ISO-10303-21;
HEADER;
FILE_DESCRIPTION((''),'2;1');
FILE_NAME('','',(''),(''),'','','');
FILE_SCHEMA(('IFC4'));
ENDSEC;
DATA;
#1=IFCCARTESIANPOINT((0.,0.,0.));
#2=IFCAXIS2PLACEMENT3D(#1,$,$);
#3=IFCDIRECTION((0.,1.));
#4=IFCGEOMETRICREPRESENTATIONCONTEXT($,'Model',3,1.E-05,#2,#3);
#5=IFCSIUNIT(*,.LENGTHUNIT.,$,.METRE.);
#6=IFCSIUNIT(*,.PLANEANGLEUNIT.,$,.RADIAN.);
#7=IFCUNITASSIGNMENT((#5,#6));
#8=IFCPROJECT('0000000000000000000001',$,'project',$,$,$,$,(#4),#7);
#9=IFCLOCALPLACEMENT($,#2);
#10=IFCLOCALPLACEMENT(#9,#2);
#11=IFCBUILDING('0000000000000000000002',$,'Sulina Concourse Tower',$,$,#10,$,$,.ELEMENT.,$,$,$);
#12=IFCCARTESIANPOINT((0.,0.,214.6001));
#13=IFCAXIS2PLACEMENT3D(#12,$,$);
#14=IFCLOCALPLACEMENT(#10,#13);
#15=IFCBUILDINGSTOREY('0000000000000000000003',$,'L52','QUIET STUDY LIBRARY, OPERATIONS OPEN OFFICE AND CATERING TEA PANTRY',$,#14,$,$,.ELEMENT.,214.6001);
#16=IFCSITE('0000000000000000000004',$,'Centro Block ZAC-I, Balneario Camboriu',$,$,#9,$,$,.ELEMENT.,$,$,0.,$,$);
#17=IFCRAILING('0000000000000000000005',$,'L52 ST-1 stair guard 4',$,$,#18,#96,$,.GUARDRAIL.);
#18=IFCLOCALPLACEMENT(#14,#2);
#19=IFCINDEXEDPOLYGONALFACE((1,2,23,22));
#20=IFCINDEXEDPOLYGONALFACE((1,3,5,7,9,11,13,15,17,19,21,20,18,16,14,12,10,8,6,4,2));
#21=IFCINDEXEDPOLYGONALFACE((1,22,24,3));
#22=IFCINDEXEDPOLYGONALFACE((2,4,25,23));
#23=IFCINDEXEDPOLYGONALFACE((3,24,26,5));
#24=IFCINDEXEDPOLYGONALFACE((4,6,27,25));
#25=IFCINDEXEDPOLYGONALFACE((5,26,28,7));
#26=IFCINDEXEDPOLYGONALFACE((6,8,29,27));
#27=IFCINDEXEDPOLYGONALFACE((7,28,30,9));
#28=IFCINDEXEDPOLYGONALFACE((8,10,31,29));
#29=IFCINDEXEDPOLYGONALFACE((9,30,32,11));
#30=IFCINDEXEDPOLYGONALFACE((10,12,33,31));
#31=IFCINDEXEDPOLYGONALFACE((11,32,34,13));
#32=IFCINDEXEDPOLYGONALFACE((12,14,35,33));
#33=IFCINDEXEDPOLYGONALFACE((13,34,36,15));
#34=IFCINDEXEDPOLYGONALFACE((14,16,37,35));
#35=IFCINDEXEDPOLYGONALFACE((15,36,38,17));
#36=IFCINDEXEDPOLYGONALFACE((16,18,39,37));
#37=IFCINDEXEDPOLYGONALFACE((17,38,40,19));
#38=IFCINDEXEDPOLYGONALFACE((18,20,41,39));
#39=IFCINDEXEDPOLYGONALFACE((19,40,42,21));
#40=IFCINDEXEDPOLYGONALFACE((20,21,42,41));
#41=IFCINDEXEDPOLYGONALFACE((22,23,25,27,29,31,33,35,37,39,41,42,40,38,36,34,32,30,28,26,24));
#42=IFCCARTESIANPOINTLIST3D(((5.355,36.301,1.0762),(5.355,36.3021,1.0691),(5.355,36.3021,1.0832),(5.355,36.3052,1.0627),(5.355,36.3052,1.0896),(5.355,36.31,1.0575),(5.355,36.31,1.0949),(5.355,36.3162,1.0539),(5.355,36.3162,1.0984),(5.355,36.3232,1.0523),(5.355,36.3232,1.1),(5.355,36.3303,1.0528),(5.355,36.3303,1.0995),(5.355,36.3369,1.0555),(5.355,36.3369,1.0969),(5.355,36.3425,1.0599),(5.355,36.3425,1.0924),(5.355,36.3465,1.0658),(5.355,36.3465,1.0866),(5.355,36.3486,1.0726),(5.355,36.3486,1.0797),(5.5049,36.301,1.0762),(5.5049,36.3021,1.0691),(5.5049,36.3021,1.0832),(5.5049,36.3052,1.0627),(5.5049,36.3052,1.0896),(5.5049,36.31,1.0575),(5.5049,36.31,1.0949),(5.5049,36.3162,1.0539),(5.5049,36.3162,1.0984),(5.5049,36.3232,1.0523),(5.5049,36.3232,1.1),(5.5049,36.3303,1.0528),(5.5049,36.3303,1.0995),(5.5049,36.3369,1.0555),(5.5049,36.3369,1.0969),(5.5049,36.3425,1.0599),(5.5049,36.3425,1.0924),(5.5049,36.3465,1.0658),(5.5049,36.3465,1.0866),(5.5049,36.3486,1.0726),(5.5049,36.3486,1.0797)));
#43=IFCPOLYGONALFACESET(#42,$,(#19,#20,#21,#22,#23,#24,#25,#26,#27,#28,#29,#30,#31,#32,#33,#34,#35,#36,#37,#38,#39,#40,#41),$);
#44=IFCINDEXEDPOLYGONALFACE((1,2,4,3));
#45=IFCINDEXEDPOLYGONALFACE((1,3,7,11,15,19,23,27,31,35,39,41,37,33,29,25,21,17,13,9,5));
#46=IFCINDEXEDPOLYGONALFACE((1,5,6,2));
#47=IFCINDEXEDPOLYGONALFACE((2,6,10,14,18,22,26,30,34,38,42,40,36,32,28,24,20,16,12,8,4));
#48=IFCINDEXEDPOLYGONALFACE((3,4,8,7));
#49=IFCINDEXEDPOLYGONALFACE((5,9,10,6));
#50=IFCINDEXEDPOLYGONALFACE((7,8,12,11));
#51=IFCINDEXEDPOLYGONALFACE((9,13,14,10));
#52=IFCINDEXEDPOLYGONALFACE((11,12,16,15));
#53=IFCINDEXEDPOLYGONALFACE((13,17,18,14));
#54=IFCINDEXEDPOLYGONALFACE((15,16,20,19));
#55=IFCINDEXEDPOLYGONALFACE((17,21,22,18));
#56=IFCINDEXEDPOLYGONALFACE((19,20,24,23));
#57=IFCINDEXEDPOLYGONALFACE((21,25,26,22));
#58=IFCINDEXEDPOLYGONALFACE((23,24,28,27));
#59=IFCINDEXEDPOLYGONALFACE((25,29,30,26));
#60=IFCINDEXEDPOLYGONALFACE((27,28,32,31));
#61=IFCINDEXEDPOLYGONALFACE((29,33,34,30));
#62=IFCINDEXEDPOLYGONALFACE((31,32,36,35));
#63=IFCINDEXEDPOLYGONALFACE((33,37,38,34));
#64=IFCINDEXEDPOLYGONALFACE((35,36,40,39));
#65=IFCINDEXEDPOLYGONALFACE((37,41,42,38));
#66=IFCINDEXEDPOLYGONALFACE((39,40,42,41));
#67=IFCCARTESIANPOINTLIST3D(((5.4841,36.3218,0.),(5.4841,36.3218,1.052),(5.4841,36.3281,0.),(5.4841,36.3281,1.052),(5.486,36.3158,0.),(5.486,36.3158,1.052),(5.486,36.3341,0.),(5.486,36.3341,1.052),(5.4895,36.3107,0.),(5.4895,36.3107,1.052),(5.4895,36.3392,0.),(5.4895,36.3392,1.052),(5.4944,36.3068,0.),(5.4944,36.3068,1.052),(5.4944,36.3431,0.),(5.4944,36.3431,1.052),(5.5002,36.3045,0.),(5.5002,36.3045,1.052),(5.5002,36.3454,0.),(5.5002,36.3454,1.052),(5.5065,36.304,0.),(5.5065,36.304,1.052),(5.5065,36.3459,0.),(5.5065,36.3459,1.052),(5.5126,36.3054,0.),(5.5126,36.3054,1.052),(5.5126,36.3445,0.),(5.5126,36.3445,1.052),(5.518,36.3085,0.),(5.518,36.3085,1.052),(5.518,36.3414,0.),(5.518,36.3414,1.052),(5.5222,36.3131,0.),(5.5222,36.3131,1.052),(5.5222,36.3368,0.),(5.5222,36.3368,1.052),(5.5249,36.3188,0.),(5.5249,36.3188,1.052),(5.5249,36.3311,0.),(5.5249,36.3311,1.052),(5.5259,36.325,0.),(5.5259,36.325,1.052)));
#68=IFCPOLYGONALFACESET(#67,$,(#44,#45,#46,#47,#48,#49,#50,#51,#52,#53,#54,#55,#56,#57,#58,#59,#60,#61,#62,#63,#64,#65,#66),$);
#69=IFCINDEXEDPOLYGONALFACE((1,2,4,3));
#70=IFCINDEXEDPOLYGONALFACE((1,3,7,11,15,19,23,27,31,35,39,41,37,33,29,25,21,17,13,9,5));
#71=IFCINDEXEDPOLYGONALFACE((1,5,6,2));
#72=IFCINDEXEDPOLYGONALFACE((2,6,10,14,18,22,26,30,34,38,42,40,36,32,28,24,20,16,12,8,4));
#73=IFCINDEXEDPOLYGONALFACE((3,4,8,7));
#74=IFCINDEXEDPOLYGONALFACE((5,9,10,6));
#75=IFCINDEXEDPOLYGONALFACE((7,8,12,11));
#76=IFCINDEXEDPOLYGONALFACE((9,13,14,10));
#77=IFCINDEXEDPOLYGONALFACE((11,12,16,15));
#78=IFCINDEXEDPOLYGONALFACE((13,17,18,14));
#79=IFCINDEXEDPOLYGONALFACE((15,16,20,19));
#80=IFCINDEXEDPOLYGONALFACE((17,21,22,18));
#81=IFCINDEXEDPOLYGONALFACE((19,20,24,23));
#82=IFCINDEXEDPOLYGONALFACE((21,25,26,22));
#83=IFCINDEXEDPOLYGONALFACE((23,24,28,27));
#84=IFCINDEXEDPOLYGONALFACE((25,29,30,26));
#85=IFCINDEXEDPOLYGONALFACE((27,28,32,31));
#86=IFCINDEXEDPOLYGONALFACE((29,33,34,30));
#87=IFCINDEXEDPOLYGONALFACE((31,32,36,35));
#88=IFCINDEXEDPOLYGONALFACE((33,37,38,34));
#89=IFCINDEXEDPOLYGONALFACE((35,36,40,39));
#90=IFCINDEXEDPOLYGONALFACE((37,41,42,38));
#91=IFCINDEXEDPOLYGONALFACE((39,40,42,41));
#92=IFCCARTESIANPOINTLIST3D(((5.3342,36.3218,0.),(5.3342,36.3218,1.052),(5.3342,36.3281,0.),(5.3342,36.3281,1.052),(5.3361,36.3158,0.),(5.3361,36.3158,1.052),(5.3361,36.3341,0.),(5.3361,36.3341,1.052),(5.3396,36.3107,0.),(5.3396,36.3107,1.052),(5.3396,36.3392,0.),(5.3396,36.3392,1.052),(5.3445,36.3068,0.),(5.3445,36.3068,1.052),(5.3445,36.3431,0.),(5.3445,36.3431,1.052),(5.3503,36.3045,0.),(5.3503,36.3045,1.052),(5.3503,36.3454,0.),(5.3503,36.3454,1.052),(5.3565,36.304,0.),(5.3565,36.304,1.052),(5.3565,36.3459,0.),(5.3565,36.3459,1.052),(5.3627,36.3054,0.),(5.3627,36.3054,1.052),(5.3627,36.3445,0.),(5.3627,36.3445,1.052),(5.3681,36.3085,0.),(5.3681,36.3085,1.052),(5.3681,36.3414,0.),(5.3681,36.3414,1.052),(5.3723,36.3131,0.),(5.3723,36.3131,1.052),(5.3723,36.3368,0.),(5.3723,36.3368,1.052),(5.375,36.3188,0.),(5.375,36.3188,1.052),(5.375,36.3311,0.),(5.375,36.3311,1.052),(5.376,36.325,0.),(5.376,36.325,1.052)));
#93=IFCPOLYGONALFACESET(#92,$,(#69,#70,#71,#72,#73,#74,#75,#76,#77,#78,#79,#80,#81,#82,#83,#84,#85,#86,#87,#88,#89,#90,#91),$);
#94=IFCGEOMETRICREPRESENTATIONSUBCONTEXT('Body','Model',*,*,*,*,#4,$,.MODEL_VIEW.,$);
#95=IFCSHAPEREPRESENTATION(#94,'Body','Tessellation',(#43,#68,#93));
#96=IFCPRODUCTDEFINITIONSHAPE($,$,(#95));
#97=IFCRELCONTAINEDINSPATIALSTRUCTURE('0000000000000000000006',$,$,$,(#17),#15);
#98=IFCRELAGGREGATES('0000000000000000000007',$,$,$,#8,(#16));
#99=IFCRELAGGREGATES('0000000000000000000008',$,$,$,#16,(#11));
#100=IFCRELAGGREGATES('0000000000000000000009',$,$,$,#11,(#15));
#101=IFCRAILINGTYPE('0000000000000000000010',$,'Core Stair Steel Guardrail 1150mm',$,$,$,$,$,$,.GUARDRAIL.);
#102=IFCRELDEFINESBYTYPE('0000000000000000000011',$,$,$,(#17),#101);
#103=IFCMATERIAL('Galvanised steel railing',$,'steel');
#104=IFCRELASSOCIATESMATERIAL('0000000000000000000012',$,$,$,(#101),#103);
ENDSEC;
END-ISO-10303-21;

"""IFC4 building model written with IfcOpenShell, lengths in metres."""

from ifc_helpers import new_model, si_unit, direction, frame, origin, origin_2d, place, context, subcontext, project, spatial, circle, extrude, material, type_object, element, save


model = new_model("IFC4")

# Units and contexts
model_context = context("Model", 3, precision=1e-05, world=origin(), true_north=direction((0.0, 1.0)))
body_context = subcontext(model_context, "Body", "Model", "MODEL_VIEW")
ifc_project = project(units=[si_unit("LENGTHUNIT", "METRE"), si_unit("PLANEANGLEUNIT", "RADIAN")], contexts=[model_context])

# Site, building, storey
site_placement = place(None, origin())
site = spatial("IfcSite", under=ifc_project, at=site_placement, Name="Centro Block ZAC-I, Balneario Camboriu", CompositionType="ELEMENT", RefElevation=0.0)
building_placement = place(site_placement, origin())
building = spatial("IfcBuilding", under=site, at=building_placement, Name="Sulina Concourse Tower", CompositionType="ELEMENT")
storey_placement = place(building_placement, frame((0.0, 0.0, 214.6001)))
storey = spatial("IfcBuildingStorey", under=building, at=storey_placement, Name="L52", Description="QUIET STUDY LIBRARY, OPERATIONS OPEN OFFICE AND CATERING TEA PANTRY", CompositionType="ELEMENT", Elevation=214.6001)

# Railing
ifc_material_1 = material(Name="Galvanised steel railing", Category="steel")
railing_type_1 = type_object("IfcRailingType", Name="Core Stair Steel Guardrail 1150mm", PredefinedType="GUARDRAIL", material=ifc_material_1)
railing_1_placement = place(storey_placement, frame((5.5049, 36.325, 0.0)))
element("IfcRailing", 1, at=railing_1_placement, inside=storey, type_object=railing_type_1, Name="L52 ST-1 stair guard 4", PredefinedType="GUARDRAIL", context=body_context, shape_type="SweptSolid", body=[
    extrude(circle(Radius=0.0239, at=origin_2d()), frame((0.0, 0.0, 1.0762), z_axis=(-1.0, 0.0, 0.0), x_axis=(0.0, -1.0, 0.0)), (0.0, 0.0, 1.0), 0.1499),
    extrude(circle(Radius=0.021, at=origin_2d()), origin(), (0.0, 0.0, 1.0), 1.052),
    extrude(circle(Radius=0.021, at=origin_2d()), frame((-0.1499, 0.0, 0.0)), (0.0, 0.0, 1.0), 1.052),
])

save(model, "model.ifc")
